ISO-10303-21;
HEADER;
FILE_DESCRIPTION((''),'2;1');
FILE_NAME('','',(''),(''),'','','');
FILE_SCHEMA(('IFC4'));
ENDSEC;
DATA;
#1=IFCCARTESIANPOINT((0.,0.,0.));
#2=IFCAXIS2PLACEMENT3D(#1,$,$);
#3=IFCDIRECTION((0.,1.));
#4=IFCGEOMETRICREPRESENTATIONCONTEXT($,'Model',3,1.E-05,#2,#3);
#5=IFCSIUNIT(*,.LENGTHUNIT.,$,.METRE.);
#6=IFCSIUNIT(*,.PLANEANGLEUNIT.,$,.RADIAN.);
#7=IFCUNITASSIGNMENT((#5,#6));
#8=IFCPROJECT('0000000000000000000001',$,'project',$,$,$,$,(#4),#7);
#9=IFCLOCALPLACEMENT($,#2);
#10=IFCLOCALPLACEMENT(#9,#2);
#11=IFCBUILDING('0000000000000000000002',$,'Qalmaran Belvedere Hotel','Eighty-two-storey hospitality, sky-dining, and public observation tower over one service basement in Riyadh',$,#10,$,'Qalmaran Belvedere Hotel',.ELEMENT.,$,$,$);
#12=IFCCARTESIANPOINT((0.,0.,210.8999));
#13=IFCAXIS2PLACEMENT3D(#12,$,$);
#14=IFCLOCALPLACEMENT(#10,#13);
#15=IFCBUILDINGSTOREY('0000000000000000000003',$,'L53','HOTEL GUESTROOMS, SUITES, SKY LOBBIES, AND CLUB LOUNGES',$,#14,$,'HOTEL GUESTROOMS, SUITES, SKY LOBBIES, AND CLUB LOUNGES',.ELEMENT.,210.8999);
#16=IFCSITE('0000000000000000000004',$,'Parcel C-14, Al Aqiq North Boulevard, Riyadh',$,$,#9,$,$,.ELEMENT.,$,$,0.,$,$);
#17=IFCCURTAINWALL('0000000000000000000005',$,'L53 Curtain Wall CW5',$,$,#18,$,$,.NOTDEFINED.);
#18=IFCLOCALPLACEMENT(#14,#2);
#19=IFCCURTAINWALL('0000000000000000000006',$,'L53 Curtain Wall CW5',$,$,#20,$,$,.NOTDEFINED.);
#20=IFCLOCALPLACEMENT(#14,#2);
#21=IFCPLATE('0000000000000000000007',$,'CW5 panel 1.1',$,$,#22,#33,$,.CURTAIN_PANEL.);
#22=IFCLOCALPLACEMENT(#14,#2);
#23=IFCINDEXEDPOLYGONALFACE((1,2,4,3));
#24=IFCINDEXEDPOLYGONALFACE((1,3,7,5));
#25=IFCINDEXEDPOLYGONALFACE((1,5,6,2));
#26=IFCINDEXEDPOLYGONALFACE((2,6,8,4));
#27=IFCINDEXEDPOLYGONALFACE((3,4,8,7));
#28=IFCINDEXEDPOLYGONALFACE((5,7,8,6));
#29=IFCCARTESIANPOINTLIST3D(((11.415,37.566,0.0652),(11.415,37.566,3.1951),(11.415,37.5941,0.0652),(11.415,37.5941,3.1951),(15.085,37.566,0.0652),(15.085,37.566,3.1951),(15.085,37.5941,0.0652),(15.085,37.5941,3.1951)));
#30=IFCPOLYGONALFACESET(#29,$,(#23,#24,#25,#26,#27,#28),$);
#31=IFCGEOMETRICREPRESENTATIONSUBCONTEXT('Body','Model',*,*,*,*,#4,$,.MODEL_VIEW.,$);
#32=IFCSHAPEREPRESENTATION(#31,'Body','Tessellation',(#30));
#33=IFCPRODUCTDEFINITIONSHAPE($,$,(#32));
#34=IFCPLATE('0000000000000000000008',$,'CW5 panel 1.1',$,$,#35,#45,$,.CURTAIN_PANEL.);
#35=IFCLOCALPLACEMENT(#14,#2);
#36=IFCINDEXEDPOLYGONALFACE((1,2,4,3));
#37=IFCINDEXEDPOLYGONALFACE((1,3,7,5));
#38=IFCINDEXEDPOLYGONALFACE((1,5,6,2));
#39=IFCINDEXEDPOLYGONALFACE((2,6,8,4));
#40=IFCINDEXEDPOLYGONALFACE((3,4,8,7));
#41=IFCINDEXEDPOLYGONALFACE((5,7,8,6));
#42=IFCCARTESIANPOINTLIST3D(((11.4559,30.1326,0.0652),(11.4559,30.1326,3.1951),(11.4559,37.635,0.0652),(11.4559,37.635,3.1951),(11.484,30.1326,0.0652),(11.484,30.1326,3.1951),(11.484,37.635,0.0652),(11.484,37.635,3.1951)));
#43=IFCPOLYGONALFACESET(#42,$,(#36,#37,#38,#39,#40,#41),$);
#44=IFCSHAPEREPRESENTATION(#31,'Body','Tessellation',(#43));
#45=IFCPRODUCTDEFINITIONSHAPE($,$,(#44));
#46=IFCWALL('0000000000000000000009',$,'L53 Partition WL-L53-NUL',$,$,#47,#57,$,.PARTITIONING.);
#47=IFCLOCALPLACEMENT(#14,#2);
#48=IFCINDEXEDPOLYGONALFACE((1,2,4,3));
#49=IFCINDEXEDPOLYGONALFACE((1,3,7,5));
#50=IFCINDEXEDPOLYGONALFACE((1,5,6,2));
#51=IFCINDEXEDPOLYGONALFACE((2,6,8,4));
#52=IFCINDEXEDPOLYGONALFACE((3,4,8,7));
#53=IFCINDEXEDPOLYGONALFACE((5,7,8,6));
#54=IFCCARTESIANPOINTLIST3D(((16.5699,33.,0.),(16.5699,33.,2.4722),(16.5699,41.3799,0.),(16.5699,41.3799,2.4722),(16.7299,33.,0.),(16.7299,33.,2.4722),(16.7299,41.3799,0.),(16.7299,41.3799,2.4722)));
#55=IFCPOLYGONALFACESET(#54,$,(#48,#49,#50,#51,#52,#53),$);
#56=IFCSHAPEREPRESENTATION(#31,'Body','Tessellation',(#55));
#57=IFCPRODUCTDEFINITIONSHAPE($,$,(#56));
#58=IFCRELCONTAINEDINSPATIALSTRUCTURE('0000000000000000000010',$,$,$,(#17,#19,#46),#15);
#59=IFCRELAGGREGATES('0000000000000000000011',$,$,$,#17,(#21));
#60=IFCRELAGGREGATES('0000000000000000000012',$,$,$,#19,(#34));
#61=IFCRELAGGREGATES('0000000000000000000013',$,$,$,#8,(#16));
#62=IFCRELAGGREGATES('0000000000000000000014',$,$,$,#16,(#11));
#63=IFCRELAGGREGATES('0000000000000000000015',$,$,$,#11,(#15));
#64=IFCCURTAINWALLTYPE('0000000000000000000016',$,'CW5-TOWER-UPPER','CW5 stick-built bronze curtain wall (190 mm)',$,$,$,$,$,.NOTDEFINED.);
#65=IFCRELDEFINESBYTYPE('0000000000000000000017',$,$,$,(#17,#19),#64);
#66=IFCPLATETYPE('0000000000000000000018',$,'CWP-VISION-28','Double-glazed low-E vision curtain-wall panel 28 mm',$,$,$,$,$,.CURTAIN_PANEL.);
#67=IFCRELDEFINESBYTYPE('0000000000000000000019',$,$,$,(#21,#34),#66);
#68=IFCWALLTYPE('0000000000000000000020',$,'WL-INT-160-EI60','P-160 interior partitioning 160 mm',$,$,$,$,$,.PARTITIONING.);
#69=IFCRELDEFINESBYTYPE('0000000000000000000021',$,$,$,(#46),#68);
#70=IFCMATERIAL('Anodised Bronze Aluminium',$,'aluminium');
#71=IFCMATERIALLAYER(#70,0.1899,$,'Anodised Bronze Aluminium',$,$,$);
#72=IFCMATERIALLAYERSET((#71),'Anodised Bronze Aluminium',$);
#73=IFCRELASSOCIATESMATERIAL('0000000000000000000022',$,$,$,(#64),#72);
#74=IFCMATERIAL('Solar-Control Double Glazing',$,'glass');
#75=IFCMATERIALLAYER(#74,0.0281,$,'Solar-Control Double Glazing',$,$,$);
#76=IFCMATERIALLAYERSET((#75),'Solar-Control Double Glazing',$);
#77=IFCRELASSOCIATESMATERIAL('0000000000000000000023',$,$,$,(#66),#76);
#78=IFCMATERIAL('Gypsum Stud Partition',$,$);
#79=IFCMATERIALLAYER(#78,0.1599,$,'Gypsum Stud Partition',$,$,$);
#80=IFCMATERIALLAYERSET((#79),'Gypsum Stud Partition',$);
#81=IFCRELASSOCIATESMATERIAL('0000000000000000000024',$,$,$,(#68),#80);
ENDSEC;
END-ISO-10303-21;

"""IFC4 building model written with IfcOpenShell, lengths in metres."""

from ifc_helpers import new_model, si_unit, direction, frame, frame_2d, origin, origin_2d, place, context, subcontext, project, spatial, rectangle, extrude, material, layer, layer_set, type_object, element, aggregate, save


model = new_model("IFC4")

# Units and contexts
model_context = context("Model", 3, precision=1e-05, world=origin(), true_north=direction((0.0, 1.0)))
body_context = subcontext(model_context, "Body", "Model", "MODEL_VIEW")
ifc_project = project(units=[si_unit("LENGTHUNIT", "METRE"), si_unit("PLANEANGLEUNIT", "RADIAN")], contexts=[model_context])

# Site, building, storey
site_placement = place(None, origin())
site = spatial("IfcSite", under=ifc_project, at=site_placement, Name="Parcel C-14, Al Aqiq North Boulevard, Riyadh", CompositionType="ELEMENT", RefElevation=0.0)
building_placement = place(site_placement, origin())
building = spatial("IfcBuilding", under=site, at=building_placement, Name="Qalmaran Belvedere Hotel", Description="Eighty-two-storey hospitality, sky-dining, and public observation tower over one service basement in Riyadh", LongName="Qalmaran Belvedere Hotel", CompositionType="ELEMENT")
storey_placement = place(building_placement, frame((0.0, 0.0, 210.8999)))
storey = spatial("IfcBuildingStorey", under=building, at=storey_placement, Name="L53", Description="HOTEL GUESTROOMS, SUITES, SKY LOBBIES, AND CLUB LOUNGES", LongName="HOTEL GUESTROOMS, SUITES, SKY LOBBIES, AND CLUB LOUNGES", CompositionType="ELEMENT", Elevation=210.8999)

# Shared definitions
ifc_material_1 = material(Name="Anodised Bronze Aluminium", Category="aluminium")
ifc_layer_1 = layer(ifc_material_1, 0.1899, Name="Anodised Bronze Aluminium")
ifc_layer_set_1 = layer_set([ifc_layer_1], Name="Anodised Bronze Aluminium")
curtain_wall_type = type_object("IfcCurtainWallType", Name="CW5-TOWER-UPPER", Description="CW5 stick-built bronze curtain wall (190 mm)", PredefinedType="NOTDEFINED", material=ifc_layer_set_1)

# Curtain wall
curtain_wall_1_placement = place(storey_placement, origin())
curtain_wall_1 = element("IfcCurtainWall", 1, at=curtain_wall_1_placement, inside=storey, type_object=curtain_wall_type, Name="L53 Curtain Wall CW5", PredefinedType="NOTDEFINED")

# Curtain wall
curtain_wall_2_placement = place(storey_placement, origin())
curtain_wall_2 = element("IfcCurtainWall", 2, at=curtain_wall_2_placement, inside=storey, type_object=curtain_wall_type, Name="L53 Curtain Wall CW5", PredefinedType="NOTDEFINED")

# Plates
ifc_material_2 = material(Name="Solar-Control Double Glazing", Category="glass")
ifc_layer_2 = layer(ifc_material_2, 0.0281, Name="Solar-Control Double Glazing")
ifc_layer_set_2 = layer_set([ifc_layer_2], Name="Solar-Control Double Glazing")
plate_type = type_object("IfcPlateType", Name="CWP-VISION-28", Description="Double-glazed low-E vision curtain-wall panel 28 mm", PredefinedType="CURTAIN_PANEL", material=ifc_layer_set_2)
plate_1_placement = place(storey_placement, frame((13.25, 37.5801, 0.0652), z_axis=(0.0, 0.0, 1.0), x_axis=(-1.0, 0.0, 0.0)))
plate_1 = element("IfcPlate", 3, at=plate_1_placement, type_object=plate_type, Name="CW5 panel 1.1", PredefinedType="CURTAIN_PANEL", context=body_context, shape_type="SweptSolid", body=[
    extrude(rectangle(XDim=3.6699, YDim=0.0281, at=origin_2d()), origin(), (0.0, 0.0, 1.0), 3.1299),
])
aggregate(curtain_wall_1, [plate_1])
plate_2_placement = place(storey_placement, frame((11.47, 33.8838, 0.0652), z_axis=(0.0, 0.0, 1.0), x_axis=(0.0, -1.0, 0.0)))
plate_2 = element("IfcPlate", 4, at=plate_2_placement, type_object=plate_type, Name="CW5 panel 1.1", PredefinedType="CURTAIN_PANEL", context=body_context, shape_type="SweptSolid", body=[
    extrude(rectangle(XDim=7.5024, YDim=0.0281, at=origin_2d()), origin(), (0.0, 0.0, 1.0), 3.1299),
])
aggregate(curtain_wall_2, [plate_2])

# Wall
ifc_material_3 = material(Name="Gypsum Stud Partition")
ifc_layer_3 = layer(ifc_material_3, 0.1599, Name="Gypsum Stud Partition")
ifc_layer_set_3 = layer_set([ifc_layer_3], Name="Gypsum Stud Partition")
wall_type_1 = type_object("IfcWallType", Name="WL-INT-160-EI60", Description="P-160 interior partitioning 160 mm", PredefinedType="PARTITIONING", material=ifc_layer_set_3)
wall_1_placement = place(storey_placement, frame((16.6499, 33.0, 0.0), z_axis=(0.0, 0.0, 1.0), x_axis=(0.0, 1.0, 0.0)))
element("IfcWall", 5, at=wall_1_placement, inside=storey, type_object=wall_type_1, Name="L53 Partition WL-L53-NUL", PredefinedType="PARTITIONING", context=body_context, shape_type="SweptSolid", body=[
    extrude(rectangle(XDim=8.3799, YDim=0.1599, at=frame_2d((4.1899, 0.0))), origin(), (0.0, 0.0, 1.0), 2.4722),
])

save(model, "model.ifc")
